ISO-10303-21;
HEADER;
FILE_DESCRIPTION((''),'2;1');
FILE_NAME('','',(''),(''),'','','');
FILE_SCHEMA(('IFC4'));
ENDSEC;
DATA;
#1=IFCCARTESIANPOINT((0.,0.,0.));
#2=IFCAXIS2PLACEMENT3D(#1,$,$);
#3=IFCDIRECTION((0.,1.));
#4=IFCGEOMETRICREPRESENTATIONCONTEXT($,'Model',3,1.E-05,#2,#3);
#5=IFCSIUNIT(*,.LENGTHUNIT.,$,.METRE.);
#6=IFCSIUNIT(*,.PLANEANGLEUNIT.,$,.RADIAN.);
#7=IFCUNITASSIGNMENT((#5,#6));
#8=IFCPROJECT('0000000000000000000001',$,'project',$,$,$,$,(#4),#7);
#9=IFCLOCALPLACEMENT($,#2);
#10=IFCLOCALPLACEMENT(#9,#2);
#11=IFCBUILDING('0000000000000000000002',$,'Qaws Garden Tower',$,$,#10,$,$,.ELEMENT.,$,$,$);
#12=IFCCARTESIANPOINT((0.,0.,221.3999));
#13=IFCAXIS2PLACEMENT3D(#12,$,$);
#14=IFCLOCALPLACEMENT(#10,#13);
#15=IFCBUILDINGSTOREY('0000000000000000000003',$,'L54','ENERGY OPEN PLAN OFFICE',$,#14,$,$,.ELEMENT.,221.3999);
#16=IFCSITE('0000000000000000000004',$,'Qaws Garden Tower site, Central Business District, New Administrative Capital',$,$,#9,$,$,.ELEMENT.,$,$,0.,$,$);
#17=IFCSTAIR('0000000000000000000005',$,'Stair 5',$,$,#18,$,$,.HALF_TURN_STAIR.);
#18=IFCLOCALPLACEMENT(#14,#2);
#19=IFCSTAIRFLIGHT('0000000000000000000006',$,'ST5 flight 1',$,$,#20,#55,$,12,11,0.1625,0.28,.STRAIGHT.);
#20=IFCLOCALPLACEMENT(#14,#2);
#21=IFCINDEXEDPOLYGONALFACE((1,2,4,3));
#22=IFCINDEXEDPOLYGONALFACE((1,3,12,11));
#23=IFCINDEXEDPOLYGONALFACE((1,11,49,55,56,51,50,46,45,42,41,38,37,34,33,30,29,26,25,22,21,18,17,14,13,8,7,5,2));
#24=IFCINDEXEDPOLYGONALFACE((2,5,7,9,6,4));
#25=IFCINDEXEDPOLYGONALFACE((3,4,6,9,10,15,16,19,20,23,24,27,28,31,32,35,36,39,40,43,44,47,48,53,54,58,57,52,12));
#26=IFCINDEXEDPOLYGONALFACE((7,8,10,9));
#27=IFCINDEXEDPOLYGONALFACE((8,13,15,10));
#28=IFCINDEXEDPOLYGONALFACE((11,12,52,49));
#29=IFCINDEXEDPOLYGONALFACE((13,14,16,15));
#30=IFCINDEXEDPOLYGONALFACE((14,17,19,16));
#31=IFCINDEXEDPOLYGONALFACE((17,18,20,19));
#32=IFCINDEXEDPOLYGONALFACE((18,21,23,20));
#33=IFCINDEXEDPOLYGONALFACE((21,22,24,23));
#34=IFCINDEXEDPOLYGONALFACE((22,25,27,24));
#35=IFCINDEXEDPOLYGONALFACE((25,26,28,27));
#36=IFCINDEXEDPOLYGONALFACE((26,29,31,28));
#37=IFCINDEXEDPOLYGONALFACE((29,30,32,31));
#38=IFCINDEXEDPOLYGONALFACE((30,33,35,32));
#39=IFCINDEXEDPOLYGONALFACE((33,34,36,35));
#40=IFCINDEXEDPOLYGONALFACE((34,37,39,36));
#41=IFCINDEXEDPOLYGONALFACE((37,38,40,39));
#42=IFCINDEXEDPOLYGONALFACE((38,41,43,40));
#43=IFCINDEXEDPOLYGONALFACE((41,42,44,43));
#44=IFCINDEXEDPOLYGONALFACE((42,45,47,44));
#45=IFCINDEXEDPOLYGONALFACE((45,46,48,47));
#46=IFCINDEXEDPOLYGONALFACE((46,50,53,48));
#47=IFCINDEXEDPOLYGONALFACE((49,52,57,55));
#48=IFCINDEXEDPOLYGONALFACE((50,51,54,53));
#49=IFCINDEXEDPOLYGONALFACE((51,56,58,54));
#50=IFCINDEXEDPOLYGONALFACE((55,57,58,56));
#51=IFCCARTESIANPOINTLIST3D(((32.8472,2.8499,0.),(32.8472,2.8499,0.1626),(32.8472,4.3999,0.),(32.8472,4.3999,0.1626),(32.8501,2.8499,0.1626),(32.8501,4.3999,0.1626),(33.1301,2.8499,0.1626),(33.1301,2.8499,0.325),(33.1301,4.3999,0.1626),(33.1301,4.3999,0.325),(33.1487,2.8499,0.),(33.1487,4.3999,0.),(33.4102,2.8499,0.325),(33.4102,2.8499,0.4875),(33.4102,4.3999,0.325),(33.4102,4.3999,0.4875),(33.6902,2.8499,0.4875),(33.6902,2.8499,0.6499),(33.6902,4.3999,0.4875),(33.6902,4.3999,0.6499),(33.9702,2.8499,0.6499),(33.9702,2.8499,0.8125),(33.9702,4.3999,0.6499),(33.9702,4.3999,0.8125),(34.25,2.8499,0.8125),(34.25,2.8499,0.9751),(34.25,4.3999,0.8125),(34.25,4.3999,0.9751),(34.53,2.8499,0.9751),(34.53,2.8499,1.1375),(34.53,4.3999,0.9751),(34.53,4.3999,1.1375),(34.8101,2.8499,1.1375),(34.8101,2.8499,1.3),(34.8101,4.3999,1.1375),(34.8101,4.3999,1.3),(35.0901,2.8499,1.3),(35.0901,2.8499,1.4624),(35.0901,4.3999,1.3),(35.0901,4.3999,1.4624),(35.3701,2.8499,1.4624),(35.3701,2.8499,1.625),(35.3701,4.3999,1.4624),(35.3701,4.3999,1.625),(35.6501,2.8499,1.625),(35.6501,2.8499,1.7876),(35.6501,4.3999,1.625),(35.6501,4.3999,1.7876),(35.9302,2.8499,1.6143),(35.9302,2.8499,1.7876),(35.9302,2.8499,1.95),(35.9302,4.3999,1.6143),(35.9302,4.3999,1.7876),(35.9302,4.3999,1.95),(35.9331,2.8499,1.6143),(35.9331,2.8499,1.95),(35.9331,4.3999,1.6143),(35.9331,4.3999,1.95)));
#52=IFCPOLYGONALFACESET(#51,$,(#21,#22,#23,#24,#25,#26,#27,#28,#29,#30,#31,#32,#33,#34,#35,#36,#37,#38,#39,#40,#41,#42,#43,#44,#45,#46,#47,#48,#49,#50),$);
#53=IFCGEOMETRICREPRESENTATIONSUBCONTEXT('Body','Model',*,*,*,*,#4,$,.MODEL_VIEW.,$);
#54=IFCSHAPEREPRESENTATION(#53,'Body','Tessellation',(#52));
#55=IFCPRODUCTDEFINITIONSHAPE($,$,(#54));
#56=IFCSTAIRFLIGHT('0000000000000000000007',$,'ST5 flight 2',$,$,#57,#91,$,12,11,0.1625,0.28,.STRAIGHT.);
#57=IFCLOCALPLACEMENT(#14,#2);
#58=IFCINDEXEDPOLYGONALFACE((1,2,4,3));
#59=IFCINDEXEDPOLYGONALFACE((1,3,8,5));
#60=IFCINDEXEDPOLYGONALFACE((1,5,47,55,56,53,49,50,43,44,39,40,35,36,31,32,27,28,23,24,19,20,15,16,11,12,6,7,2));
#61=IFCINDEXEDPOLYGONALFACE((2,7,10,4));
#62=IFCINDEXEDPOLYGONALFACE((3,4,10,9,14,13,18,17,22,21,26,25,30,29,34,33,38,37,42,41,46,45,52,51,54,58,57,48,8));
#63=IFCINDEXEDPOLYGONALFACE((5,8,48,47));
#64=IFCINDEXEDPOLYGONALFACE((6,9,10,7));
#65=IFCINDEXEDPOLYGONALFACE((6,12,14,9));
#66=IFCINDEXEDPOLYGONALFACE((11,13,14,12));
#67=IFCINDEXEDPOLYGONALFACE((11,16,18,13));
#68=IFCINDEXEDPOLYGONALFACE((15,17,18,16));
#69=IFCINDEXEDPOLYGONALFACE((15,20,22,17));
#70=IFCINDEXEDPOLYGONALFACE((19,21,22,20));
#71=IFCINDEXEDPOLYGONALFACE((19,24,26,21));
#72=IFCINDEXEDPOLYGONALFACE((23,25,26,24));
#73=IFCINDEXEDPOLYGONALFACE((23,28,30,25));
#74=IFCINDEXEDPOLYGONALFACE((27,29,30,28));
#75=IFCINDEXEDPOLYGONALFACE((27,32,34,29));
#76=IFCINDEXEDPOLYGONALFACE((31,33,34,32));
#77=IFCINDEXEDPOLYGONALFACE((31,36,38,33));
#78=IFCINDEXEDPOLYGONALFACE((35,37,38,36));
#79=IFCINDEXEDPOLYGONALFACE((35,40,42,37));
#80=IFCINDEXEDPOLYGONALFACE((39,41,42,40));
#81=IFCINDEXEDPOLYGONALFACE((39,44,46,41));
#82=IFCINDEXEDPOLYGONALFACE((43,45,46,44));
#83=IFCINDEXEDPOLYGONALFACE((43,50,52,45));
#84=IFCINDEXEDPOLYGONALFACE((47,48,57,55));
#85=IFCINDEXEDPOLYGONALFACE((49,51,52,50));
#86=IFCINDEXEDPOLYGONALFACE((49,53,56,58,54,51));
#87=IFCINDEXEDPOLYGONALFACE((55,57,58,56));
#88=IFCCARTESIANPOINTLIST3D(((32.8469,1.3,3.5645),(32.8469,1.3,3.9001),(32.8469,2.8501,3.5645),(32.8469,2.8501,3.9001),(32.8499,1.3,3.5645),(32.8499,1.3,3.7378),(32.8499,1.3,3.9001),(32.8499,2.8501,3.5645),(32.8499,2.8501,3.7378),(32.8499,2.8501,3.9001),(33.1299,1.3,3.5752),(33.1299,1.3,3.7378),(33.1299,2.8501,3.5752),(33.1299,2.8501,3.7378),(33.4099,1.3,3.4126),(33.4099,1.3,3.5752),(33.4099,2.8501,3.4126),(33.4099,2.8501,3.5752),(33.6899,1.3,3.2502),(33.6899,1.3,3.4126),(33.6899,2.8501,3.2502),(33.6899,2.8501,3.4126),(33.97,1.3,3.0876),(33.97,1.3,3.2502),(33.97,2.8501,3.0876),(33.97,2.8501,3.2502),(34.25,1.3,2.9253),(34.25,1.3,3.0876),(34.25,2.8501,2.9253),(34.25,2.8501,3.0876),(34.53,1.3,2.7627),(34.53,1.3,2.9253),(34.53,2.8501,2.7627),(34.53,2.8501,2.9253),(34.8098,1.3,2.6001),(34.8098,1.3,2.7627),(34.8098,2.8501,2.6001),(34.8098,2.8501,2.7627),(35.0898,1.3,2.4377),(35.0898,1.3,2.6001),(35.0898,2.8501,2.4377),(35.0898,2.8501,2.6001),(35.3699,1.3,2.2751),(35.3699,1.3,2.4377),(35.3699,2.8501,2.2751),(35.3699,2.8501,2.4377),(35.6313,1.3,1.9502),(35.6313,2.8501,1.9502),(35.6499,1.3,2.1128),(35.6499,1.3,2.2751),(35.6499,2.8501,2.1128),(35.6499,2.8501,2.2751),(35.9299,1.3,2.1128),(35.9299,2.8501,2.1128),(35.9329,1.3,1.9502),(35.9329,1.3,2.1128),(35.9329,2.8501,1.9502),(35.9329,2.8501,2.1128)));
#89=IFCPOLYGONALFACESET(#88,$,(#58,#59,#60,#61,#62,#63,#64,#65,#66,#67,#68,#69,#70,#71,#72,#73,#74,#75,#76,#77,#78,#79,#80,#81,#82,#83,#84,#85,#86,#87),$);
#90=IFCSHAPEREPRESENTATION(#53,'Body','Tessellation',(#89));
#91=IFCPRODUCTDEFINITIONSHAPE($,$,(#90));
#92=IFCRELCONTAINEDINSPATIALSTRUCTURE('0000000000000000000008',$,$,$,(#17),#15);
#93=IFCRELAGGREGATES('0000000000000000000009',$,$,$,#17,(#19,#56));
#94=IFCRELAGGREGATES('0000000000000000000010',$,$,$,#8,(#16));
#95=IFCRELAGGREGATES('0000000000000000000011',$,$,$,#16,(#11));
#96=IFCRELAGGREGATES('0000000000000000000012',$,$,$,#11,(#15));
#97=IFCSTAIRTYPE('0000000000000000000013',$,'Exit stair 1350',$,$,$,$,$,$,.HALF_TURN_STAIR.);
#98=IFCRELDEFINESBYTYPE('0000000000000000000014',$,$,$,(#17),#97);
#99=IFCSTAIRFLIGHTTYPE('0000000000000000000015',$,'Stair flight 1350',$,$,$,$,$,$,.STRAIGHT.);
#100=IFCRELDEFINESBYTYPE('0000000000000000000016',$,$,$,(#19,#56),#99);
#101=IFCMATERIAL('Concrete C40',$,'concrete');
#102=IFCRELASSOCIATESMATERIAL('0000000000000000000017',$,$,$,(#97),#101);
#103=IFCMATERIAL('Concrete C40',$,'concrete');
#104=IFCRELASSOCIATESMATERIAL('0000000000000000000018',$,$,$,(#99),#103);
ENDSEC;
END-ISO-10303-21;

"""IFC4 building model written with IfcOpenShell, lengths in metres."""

from ifc_helpers import new_model, si_unit, direction, frame, origin, place, context, subcontext, project, spatial, polyline, outline, extrude, material, type_object, element, aggregate, save


model = new_model("IFC4")

# Units and contexts
model_context = context("Model", 3, precision=1e-05, world=origin(), true_north=direction((0.0, 1.0)))
body_context = subcontext(model_context, "Body", "Model", "MODEL_VIEW")
ifc_project = project(units=[si_unit("LENGTHUNIT", "METRE"), si_unit("PLANEANGLEUNIT", "RADIAN")], contexts=[model_context])

# Site, building, storey
site_placement = place(None, origin())
site = spatial("IfcSite", under=ifc_project, at=site_placement, Name="Qaws Garden Tower site, Central Business District, New Administrative Capital", CompositionType="ELEMENT", RefElevation=0.0)
building_placement = place(site_placement, origin())
building = spatial("IfcBuilding", under=site, at=building_placement, Name="Qaws Garden Tower", CompositionType="ELEMENT")
storey_placement = place(building_placement, frame((0.0, 0.0, 221.3999)))
storey = spatial("IfcBuildingStorey", under=building, at=storey_placement, Name="L54", Description="ENERGY OPEN PLAN OFFICE", CompositionType="ELEMENT", Elevation=221.3999)

# Stair, stair flights
ifc_material_1 = material(Name="Concrete C40", Category="concrete")
stair_type = type_object("IfcStairType", Name="Exit stair 1350", PredefinedType="HALF_TURN_STAIR", material=ifc_material_1)
stair_placement = place(storey_placement, origin())
stair = element("IfcStair", 1, at=stair_placement, inside=storey, type_object=stair_type, Name="Stair 5", PredefinedType="HALF_TURN_STAIR")
ifc_material_2 = material(Name="Concrete C40", Category="concrete")
stair_flight_type = type_object("IfcStairFlightType", Name="Stair flight 1350", PredefinedType="STRAIGHT", material=ifc_material_2)
stair_flight_1_placement = place(storey_placement, frame((32.8501, 3.625, 0.0), z_axis=(0.0, 0.0, 1.0), x_axis=(1.0, 0.0, 0.0)))
stair_flight_1 = element("IfcStairFlight", 2, at=stair_flight_1_placement, type_object=stair_flight_type, Name="ST5 flight 1", NumberOfRisers=12, NumberOfTreads=11, PredefinedType="STRAIGHT", RiserHeight=0.1625, TreadLength=0.28, context=body_context, shape_type="SweptSolid", body=[
    extrude(outline(polyline([(-0.0029, 0.0), (-0.0029, 0.1626), (0.0, 0.1626), (0.28, 0.1626), (0.28, 0.325), (0.5601, 0.325), (0.5601, 0.4875), (0.8401, 0.4875), (0.8401, 0.6499), (1.1201, 0.6499), (1.1201, 0.8125), (1.3999, 0.8125), (1.3999, 0.9751), (1.6799, 0.9751), (1.6799, 1.1375), (1.96, 1.1375), (1.96, 1.3), (2.24, 1.3), (2.24, 1.4624), (2.52, 1.4624), (2.52, 1.625), (2.8, 1.625), (2.8, 1.7876), (3.0801, 1.7876), (3.0801, 1.95), (3.083, 1.95), (3.083, 1.6143), (3.0801, 1.6143), (0.2986, 0.0), (-0.0029, 0.0)])), frame((0.0, 0.7749, 0.0), z_axis=(0.0, -1.0, 0.0), x_axis=(1.0, 0.0, 0.0)), (0.0, 0.0, 1.0), 1.55),
])
stair_flight_2_placement = place(storey_placement, frame((35.9299, 2.075, 1.9502), z_axis=(0.0, 0.0, 1.0), x_axis=(-1.0, 0.0, 0.0)))
stair_flight_2 = element("IfcStairFlight", 3, at=stair_flight_2_placement, type_object=stair_flight_type, Name="ST5 flight 2", NumberOfRisers=12, NumberOfTreads=11, PredefinedType="STRAIGHT", RiserHeight=0.1625, TreadLength=0.28, context=body_context, shape_type="SweptSolid", body=[
    extrude(outline(polyline([(-0.0029, 0.0), (-0.0029, 0.1626), (0.0, 0.1626), (0.28, 0.1626), (0.28, 0.325), (0.5601, 0.325), (0.5601, 0.4875), (0.8401, 0.4875), (0.8401, 0.6499), (1.1201, 0.6499), (1.1201, 0.8125), (1.3999, 0.8125), (1.3999, 0.9751), (1.6799, 0.9751), (1.6799, 1.1375), (1.96, 1.1375), (1.96, 1.3), (2.24, 1.3), (2.24, 1.4624), (2.52, 1.4624), (2.52, 1.625), (2.8, 1.625), (2.8, 1.7876), (3.0801, 1.7876), (3.0801, 1.95), (3.083, 1.95), (3.083, 1.6143), (3.0801, 1.6143), (0.2986, 0.0), (-0.0029, 0.0)])), frame((0.0, 0.7749, 0.0), z_axis=(0.0, -1.0, 0.0), x_axis=(1.0, 0.0, 0.0)), (0.0, 0.0, 1.0), 1.55),
])
aggregate(stair, [stair_flight_1, stair_flight_2])

save(model, "model.ifc")
